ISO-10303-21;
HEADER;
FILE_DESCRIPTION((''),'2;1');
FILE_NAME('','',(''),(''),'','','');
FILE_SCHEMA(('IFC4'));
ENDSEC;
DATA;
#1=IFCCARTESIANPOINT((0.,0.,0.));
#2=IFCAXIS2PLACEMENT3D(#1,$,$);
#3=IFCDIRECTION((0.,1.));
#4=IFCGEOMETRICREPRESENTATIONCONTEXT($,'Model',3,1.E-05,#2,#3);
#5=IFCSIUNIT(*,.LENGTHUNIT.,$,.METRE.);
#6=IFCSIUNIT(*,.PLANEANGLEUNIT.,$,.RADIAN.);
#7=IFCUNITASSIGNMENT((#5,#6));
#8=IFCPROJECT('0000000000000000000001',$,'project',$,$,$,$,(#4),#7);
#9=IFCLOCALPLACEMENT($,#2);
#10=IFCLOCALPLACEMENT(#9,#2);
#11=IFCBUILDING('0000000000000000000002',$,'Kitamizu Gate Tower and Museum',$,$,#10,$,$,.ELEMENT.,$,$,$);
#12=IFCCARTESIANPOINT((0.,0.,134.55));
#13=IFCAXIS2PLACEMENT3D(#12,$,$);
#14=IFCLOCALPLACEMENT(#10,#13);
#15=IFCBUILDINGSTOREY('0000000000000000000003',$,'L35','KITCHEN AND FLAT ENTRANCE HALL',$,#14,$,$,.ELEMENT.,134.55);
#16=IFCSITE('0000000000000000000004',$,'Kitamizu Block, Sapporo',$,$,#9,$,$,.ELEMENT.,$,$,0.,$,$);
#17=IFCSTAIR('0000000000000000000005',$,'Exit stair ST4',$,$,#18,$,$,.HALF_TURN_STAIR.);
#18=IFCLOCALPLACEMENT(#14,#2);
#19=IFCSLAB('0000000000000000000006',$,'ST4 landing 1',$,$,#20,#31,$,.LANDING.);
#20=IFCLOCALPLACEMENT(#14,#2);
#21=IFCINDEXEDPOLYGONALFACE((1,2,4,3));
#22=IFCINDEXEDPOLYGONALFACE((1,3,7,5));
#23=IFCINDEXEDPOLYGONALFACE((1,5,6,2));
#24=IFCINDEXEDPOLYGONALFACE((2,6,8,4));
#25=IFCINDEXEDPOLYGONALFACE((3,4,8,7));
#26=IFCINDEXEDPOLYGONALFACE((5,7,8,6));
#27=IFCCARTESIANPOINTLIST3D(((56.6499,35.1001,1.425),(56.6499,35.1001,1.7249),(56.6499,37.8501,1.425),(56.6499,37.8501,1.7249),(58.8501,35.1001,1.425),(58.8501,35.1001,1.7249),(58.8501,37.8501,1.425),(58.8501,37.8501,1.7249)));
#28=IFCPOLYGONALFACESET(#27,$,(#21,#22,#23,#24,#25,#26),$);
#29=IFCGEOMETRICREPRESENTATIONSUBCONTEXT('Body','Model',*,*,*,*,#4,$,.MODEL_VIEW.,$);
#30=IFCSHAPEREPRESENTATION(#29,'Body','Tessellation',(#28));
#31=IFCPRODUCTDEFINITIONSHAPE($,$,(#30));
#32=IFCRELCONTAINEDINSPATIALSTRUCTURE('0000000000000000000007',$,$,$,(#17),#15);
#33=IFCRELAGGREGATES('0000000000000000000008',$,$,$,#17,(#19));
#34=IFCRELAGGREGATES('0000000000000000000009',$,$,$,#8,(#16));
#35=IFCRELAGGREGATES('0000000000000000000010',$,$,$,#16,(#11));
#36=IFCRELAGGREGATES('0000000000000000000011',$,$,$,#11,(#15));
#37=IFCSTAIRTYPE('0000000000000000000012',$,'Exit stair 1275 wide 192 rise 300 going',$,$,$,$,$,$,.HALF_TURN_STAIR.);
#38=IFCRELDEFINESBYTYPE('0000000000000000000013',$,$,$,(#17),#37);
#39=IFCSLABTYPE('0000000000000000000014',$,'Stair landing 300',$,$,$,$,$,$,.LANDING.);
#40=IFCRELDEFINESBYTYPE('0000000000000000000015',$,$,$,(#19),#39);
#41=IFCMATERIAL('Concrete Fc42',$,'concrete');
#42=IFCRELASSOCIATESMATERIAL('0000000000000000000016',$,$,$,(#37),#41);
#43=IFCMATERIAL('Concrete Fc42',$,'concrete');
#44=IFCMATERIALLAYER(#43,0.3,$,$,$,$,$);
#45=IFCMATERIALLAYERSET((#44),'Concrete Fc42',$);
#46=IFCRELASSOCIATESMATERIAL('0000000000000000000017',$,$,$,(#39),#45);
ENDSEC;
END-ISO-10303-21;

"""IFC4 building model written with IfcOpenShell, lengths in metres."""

from ifc_helpers import new_model, si_unit, direction, frame, origin, place, context, subcontext, project, spatial, polyline, outline, extrude, material, layer, layer_set, type_object, element, aggregate, save


model = new_model("IFC4")

# Units and contexts
model_context = context("Model", 3, precision=1e-05, world=origin(), true_north=direction((0.0, 1.0)))
body_context = subcontext(model_context, "Body", "Model", "MODEL_VIEW")
ifc_project = project(units=[si_unit("LENGTHUNIT", "METRE"), si_unit("PLANEANGLEUNIT", "RADIAN")], contexts=[model_context])

# Site, building, storey
site_placement = place(None, origin())
site = spatial("IfcSite", under=ifc_project, at=site_placement, Name="Kitamizu Block, Sapporo", CompositionType="ELEMENT", RefElevation=0.0)
building_placement = place(site_placement, origin())
building = spatial("IfcBuilding", under=site, at=building_placement, Name="Kitamizu Gate Tower and Museum", CompositionType="ELEMENT")
storey_placement = place(building_placement, frame((0.0, 0.0, 134.55)))
storey = spatial("IfcBuildingStorey", under=building, at=storey_placement, Name="L35", Description="KITCHEN AND FLAT ENTRANCE HALL", CompositionType="ELEMENT", Elevation=134.55)

# Stair, slab
ifc_material_1 = material(Name="Concrete Fc42", Category="concrete")
stair_type = type_object("IfcStairType", Name="Exit stair 1275 wide 192 rise 300 going", PredefinedType="HALF_TURN_STAIR", material=ifc_material_1)
ifc_material_2 = material(Name="Concrete Fc42", Category="concrete")
ifc_layer_1 = layer(ifc_material_2, 0.3)
ifc_layer_set_1 = layer_set([ifc_layer_1], Name="Concrete Fc42")
slab_type_1 = type_object("IfcSlabType", Name="Stair landing 300", PredefinedType="LANDING", material=ifc_layer_set_1)
stair_1_placement = place(storey_placement, origin())
stair_1 = element("IfcStair", 1, at=stair_1_placement, inside=storey, type_object=stair_type, Name="Exit stair ST4", PredefinedType="HALF_TURN_STAIR")
slab_1_placement = place(storey_placement, frame((0.0, 0.0, 1.425)))
slab_1 = element("IfcSlab", 2, at=slab_1_placement, type_object=slab_type_1, Name="ST4 landing 1", PredefinedType="LANDING", context=body_context, shape_type="SweptSolid", body=[
    extrude(outline(polyline([(56.6499, 35.1001), (58.8501, 35.1001), (58.8501, 37.8501), (56.6499, 37.8501), (56.6499, 35.1001)])), origin(), (0.0, 0.0, 1.0), 0.2998),
])
aggregate(stair_1, [slab_1])

save(model, "model.ifc")
